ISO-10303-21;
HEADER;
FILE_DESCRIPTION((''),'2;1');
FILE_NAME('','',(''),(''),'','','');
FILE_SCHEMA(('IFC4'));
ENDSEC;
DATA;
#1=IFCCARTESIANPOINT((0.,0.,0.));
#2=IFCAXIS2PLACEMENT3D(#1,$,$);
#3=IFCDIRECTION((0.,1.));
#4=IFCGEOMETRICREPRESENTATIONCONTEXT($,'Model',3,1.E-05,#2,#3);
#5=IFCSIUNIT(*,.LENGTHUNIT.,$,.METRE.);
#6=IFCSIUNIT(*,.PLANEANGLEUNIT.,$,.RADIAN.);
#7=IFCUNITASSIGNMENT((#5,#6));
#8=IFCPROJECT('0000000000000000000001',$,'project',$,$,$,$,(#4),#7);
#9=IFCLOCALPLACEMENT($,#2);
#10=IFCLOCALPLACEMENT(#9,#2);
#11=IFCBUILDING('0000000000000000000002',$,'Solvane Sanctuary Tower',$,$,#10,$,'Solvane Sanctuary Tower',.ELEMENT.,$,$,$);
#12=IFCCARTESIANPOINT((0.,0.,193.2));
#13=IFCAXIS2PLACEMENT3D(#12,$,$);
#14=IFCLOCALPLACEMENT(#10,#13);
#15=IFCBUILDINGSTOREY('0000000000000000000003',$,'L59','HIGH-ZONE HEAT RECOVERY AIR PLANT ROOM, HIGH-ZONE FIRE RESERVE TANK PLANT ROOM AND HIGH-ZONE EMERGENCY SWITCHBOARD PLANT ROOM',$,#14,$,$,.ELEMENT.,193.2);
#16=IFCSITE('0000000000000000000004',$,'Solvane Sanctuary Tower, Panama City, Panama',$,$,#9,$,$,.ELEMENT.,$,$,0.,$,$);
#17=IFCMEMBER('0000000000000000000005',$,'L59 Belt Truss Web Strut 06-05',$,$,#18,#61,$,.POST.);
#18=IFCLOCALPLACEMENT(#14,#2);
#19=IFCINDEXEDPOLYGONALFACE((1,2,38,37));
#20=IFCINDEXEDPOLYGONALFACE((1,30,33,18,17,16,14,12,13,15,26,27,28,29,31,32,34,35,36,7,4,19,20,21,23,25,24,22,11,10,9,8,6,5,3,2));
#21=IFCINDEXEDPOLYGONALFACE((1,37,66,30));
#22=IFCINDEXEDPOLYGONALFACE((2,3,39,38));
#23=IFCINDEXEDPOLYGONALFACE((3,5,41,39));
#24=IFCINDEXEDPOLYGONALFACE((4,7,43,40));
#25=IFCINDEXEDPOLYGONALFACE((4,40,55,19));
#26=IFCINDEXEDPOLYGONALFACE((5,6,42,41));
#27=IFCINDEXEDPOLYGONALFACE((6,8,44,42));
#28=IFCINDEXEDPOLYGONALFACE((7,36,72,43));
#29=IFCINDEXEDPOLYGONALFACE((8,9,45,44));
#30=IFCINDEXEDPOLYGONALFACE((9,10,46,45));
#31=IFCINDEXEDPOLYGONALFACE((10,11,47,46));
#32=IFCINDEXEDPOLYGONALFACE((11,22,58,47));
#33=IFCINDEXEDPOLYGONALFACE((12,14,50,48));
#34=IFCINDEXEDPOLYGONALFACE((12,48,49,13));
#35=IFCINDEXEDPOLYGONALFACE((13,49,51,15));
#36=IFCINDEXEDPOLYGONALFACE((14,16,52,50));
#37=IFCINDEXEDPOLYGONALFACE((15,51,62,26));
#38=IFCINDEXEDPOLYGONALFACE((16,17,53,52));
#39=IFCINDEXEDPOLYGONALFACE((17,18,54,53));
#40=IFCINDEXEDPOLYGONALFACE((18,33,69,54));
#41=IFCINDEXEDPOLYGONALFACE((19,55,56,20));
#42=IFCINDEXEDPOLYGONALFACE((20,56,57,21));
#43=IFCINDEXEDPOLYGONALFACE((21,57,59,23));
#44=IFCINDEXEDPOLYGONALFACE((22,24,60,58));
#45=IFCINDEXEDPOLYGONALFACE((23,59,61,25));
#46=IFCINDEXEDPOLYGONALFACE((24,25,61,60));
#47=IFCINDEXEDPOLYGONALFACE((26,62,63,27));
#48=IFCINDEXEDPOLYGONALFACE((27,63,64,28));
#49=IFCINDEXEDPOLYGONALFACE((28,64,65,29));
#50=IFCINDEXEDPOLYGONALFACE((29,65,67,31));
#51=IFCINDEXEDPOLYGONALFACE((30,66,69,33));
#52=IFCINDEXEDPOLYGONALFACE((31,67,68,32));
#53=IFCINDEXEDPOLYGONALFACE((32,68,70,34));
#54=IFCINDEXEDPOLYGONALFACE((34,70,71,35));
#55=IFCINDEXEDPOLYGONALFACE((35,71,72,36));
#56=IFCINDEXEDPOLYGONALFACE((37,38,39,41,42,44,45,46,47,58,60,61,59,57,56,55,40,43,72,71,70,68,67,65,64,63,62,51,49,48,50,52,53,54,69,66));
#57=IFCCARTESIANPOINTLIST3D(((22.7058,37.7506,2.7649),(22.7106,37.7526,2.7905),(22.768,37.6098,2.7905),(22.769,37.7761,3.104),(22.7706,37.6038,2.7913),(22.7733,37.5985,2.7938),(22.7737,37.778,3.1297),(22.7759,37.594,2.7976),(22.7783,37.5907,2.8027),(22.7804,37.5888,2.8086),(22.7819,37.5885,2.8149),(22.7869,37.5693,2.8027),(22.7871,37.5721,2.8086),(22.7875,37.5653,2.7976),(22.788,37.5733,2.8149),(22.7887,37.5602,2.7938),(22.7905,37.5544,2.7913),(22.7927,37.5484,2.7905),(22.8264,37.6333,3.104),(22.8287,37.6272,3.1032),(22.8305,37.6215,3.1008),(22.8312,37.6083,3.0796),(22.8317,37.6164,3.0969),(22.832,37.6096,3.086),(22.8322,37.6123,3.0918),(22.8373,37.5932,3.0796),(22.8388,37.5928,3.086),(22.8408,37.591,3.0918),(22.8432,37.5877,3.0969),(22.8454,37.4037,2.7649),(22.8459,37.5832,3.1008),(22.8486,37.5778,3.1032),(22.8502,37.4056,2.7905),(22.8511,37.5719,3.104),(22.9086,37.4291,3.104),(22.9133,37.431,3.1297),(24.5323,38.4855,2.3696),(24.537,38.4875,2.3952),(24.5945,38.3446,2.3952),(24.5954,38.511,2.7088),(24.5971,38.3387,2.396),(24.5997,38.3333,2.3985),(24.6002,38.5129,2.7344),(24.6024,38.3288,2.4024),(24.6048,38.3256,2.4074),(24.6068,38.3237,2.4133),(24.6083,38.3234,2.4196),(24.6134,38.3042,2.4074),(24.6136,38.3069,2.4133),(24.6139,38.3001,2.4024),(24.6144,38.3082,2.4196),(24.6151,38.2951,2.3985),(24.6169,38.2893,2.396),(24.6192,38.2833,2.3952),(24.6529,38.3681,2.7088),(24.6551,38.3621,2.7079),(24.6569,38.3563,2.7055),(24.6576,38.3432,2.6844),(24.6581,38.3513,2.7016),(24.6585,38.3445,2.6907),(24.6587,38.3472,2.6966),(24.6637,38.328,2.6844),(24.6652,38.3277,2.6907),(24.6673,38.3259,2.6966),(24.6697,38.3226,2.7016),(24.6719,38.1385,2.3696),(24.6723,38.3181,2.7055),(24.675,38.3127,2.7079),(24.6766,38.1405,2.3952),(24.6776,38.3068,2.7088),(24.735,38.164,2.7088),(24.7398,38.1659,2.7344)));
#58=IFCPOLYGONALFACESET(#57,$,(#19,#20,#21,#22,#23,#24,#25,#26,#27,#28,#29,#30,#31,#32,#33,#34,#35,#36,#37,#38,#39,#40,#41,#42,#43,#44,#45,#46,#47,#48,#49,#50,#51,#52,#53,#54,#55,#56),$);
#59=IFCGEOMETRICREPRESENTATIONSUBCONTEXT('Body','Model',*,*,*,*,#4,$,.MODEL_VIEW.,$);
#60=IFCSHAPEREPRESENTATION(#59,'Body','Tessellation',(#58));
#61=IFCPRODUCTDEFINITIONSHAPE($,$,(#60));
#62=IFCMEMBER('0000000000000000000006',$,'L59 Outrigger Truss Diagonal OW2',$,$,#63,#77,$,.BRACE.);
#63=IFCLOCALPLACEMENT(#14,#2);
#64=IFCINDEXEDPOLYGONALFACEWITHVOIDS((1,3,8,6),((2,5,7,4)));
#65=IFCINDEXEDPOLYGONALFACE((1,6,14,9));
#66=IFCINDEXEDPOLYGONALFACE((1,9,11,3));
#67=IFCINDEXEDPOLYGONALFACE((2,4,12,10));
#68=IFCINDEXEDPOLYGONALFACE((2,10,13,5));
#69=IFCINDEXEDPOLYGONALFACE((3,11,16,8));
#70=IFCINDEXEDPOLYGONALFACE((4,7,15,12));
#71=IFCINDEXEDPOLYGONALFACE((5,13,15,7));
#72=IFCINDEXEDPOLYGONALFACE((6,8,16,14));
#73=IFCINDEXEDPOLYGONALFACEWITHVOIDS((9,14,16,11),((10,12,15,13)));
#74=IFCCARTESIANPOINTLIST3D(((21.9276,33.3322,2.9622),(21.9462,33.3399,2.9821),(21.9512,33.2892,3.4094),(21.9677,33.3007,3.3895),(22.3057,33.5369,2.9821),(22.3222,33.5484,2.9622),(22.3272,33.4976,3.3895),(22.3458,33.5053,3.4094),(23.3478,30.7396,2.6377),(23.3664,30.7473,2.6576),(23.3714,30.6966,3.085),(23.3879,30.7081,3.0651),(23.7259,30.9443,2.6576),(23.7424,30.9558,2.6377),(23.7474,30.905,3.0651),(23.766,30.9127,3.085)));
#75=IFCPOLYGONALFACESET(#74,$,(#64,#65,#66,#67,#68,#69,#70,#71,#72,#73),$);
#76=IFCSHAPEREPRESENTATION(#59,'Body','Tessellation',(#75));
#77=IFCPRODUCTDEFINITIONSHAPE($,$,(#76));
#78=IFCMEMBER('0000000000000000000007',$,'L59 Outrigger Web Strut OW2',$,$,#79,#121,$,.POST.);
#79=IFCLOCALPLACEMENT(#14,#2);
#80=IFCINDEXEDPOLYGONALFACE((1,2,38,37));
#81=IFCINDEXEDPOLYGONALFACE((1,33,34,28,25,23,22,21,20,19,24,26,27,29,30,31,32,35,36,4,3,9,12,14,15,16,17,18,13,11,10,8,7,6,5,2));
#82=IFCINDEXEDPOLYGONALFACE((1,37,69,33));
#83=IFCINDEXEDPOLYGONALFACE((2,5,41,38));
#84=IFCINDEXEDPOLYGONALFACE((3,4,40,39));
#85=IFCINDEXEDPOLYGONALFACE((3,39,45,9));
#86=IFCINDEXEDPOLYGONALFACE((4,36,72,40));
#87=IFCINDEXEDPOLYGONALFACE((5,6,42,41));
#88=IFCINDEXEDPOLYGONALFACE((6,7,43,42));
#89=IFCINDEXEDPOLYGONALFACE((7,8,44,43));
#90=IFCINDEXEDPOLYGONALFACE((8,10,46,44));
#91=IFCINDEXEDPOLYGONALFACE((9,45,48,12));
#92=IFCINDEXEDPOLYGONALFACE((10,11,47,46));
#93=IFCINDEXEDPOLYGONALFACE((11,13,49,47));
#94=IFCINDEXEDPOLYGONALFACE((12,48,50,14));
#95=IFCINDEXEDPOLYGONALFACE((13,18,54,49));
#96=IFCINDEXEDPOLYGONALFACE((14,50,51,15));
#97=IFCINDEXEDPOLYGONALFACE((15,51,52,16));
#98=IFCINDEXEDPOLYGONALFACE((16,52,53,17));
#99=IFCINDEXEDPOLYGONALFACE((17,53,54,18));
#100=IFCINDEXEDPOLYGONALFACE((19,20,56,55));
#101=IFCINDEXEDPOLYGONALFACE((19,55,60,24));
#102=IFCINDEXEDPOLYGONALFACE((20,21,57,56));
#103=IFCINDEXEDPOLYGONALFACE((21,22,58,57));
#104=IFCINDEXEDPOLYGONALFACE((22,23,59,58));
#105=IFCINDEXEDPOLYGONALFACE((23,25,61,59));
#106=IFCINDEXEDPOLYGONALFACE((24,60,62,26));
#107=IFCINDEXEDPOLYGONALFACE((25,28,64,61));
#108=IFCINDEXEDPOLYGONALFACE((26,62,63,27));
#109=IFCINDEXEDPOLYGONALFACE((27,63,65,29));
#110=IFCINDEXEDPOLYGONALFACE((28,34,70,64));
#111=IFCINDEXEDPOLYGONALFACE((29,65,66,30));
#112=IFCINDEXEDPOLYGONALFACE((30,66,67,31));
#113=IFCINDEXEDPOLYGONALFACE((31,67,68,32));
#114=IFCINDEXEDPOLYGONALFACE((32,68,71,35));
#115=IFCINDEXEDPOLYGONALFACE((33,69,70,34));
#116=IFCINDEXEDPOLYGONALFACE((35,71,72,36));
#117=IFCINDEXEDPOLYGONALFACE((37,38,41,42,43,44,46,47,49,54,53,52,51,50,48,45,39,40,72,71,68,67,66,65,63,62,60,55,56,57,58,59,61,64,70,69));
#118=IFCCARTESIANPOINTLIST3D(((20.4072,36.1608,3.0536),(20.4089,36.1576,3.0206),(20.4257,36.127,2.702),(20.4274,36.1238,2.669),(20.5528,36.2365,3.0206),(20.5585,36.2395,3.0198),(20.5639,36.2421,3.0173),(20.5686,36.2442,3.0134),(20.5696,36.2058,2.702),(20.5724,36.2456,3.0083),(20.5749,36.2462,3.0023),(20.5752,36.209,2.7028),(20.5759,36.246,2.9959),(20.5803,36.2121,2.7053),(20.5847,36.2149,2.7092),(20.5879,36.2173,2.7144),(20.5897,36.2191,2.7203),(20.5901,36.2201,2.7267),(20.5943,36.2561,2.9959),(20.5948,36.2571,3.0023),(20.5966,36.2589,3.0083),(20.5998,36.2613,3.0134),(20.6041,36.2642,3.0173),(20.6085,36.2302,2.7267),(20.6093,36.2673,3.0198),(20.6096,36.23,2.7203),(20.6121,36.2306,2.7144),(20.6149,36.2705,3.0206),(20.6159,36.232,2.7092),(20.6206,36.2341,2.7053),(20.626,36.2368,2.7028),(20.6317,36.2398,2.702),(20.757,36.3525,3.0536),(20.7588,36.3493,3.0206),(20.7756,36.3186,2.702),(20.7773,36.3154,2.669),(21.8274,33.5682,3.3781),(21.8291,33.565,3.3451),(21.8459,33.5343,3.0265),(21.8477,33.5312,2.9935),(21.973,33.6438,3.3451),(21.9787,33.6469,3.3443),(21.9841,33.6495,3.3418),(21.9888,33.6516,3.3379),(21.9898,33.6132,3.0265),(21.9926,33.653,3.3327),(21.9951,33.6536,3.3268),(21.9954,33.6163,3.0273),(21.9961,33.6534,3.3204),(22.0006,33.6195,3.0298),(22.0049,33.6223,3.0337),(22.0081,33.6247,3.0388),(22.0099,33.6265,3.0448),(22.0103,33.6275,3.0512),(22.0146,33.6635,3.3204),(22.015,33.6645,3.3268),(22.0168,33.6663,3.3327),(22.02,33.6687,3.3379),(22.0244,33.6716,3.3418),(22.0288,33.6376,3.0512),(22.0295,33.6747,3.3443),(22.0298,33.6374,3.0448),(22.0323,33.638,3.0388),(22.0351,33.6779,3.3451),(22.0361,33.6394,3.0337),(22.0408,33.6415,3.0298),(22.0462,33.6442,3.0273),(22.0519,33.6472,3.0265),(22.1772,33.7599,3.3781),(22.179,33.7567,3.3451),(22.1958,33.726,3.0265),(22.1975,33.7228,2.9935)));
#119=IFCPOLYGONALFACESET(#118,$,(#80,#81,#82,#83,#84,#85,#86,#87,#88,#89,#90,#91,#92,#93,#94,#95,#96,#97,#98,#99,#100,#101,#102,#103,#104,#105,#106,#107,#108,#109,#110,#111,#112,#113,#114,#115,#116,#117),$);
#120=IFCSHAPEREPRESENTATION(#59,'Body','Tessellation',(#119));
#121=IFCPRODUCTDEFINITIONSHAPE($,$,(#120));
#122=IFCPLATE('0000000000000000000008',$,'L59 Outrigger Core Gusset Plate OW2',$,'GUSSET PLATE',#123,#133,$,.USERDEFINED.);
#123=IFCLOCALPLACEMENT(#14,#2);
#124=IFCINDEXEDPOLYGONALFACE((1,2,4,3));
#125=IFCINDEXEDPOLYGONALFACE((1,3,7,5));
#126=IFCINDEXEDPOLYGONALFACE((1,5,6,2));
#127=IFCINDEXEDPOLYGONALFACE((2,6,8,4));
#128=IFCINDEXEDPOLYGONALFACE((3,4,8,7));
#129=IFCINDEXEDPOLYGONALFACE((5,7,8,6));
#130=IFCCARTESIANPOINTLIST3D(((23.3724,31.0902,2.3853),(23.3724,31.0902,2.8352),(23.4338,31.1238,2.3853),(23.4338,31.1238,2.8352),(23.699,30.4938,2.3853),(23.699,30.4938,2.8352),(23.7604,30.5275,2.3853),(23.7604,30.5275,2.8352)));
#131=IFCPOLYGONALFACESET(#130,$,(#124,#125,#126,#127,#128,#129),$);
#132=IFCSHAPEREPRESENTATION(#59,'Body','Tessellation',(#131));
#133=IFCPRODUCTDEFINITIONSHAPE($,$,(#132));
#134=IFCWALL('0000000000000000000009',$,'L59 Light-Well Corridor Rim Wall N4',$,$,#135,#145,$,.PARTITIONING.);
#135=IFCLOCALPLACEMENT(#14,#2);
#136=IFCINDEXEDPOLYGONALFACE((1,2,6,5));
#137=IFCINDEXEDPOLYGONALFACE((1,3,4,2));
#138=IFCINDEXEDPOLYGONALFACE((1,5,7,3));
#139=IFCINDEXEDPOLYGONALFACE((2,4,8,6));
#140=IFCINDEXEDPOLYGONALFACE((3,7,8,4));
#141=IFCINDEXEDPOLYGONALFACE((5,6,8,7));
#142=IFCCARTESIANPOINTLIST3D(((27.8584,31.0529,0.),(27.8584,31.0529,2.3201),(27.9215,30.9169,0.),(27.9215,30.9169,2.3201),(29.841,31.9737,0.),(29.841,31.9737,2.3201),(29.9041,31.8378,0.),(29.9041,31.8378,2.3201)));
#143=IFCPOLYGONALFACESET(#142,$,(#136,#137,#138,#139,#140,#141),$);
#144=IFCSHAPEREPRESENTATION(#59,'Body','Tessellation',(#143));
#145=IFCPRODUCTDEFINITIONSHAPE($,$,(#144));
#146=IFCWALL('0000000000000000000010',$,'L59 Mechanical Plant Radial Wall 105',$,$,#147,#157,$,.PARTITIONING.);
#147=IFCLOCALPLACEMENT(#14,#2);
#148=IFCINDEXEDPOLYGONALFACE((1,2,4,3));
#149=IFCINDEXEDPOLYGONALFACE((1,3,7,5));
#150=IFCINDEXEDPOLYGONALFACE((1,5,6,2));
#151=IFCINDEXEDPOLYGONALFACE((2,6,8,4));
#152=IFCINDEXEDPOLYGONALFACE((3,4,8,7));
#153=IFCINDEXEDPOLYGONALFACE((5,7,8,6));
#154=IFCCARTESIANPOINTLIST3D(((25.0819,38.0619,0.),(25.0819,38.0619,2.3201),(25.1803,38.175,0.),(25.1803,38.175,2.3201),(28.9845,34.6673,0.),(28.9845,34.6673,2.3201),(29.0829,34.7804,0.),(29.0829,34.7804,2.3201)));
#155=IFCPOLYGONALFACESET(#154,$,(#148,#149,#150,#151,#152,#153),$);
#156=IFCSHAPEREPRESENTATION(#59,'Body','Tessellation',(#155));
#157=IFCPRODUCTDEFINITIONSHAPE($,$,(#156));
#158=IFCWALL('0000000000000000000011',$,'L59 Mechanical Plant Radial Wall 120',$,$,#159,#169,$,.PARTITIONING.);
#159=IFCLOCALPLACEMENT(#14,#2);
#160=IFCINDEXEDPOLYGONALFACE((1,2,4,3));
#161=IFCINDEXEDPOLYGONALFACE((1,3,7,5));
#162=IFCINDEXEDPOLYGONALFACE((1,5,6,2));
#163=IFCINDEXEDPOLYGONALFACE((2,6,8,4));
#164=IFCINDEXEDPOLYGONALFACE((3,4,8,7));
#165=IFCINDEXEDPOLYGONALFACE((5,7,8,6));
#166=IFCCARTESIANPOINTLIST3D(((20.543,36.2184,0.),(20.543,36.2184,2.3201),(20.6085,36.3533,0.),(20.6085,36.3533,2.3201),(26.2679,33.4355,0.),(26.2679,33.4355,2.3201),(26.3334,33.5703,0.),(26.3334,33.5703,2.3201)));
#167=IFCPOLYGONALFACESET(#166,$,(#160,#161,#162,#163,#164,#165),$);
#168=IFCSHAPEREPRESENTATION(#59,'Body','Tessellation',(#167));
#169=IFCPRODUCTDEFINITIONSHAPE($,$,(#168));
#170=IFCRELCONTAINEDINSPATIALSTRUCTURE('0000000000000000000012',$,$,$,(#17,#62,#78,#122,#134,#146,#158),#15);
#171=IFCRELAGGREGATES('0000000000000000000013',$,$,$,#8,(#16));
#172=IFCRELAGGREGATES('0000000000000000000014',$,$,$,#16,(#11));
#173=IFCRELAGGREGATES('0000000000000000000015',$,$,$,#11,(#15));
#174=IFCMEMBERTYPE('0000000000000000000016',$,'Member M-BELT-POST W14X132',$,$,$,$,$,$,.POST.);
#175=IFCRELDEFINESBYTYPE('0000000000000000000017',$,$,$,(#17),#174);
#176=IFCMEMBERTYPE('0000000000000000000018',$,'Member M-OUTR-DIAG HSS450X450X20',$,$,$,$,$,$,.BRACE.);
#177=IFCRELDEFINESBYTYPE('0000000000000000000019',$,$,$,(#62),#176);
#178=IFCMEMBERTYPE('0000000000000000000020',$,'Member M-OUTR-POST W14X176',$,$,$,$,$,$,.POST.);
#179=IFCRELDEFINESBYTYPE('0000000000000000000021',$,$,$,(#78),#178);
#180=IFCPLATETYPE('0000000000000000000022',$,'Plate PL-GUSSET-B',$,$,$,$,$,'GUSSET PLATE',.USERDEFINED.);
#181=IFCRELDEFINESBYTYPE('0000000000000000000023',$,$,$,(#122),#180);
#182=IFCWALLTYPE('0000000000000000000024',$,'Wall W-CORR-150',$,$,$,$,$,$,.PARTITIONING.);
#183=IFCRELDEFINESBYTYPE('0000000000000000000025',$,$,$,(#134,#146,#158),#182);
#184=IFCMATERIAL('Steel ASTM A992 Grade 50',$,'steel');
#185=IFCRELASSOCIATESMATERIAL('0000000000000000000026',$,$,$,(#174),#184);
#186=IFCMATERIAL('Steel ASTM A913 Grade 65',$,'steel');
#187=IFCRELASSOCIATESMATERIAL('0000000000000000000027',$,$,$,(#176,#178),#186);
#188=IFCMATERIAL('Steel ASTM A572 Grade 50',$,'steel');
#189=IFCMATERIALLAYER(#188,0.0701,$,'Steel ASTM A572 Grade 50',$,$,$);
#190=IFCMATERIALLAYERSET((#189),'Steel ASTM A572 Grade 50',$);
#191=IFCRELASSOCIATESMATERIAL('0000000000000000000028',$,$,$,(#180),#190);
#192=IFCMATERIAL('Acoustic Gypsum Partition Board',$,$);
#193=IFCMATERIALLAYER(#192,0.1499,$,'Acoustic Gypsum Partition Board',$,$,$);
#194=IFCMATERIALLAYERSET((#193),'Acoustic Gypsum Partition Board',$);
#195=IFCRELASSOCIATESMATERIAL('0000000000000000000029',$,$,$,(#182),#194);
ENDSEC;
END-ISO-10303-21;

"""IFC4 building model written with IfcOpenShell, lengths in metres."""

from ifc_helpers import new_model, si_unit, direction, frame, frame_2d, origin, origin_2d, place, context, subcontext, project, spatial, rectangle, hollow_rectangle, i_section, extrude, material, layer, layer_set, material_profile, profile_set, type_object, element, save


model = new_model("IFC4")

# Units and contexts
model_context = context("Model", 3, precision=1e-05, world=origin(), true_north=direction((0.0, 1.0)))
body_context = subcontext(model_context, "Body", "Model", "MODEL_VIEW")
ifc_project = project(units=[si_unit("LENGTHUNIT", "METRE"), si_unit("PLANEANGLEUNIT", "RADIAN")], contexts=[model_context])

# Site, building, storey
site_placement = place(None, origin())
site = spatial("IfcSite", under=ifc_project, at=site_placement, Name="Solvane Sanctuary Tower, Panama City, Panama", CompositionType="ELEMENT", RefElevation=0.0)
building_placement = place(site_placement, origin())
building = spatial("IfcBuilding", under=site, at=building_placement, Name="Solvane Sanctuary Tower", LongName="Solvane Sanctuary Tower", CompositionType="ELEMENT")
storey_placement = place(building_placement, frame((0.0, 0.0, 193.2)))
storey = spatial("IfcBuildingStorey", under=building, at=storey_placement, Name="L59", Description="HIGH-ZONE HEAT RECOVERY AIR PLANT ROOM, HIGH-ZONE FIRE RESERVE TANK PLANT ROOM AND HIGH-ZONE EMERGENCY SWITCHBOARD PLANT ROOM", CompositionType="ELEMENT", Elevation=193.2)

# Shared definitions
ifc_material_1 = material(Name="Steel ASTM A992 Grade 50", Category="steel")

# Members
ifc_material_profile_1 = material_profile(ifc_material_1, i_section(OverallWidth=0.374, OverallDepth=0.3721, WebThickness=0.0164, FlangeThickness=0.0261, FilletRadius=0.0249, at=origin_2d()), Name="W14X132")
ifc_profile_set_1 = profile_set([ifc_material_profile_1], Name="Steel ASTM A992 Grade 50")
member_type_1 = type_object("IfcMemberType", Name="Member M-BELT-POST W14X132", PredefinedType="POST", material=ifc_profile_set_1)
member_1_placement = place(storey_placement, frame((22.8096, 37.5908, 2.9473), z_axis=(0.909571, 0.365968, -0.196845), x_axis=(-0.373271, 0.927722, 0.0)))
element("IfcMember", 1, at=member_1_placement, inside=storey, type_object=member_type_1, Name="L59 Belt Truss Web Strut 06-05", PredefinedType="POST", context=body_context, shape_type="SweptSolid", body=[
    extrude(i_section(OverallWidth=0.374, OverallDepth=0.3721, WebThickness=0.0164, FlangeThickness=0.0261, FilletRadius=0.0249, at=origin_2d()), origin(), (0.0, 0.0, 1.0), 2.0081),
])
ifc_material_2 = material(Name="Steel ASTM A913 Grade 65", Category="steel")
ifc_material_profile_2 = material_profile(ifc_material_2, hollow_rectangle(XDim=0.45, YDim=0.45, WallThickness=0.02, at=origin_2d()), Name="HSS450X450X20")
ifc_profile_set_2 = profile_set([ifc_material_profile_2], Name="Steel ASTM A913 Grade 65")
member_type_2 = type_object("IfcMemberType", Name="Member M-OUTR-DIAG HSS450X450X20", PredefinedType="BRACE", material=ifc_profile_set_2)
member_2_placement = place(storey_placement, frame((23.5569, 30.8262, 2.8613), z_axis=(-0.477563, 0.871797, 0.109108), x_axis=(-0.877032, -0.480431, 0.0)))
element("IfcMember", 2, at=member_2_placement, inside=storey, type_object=member_type_2, Name="L59 Outrigger Truss Diagonal OW2", PredefinedType="BRACE", context=body_context, shape_type="SweptSolid", body=[
    extrude(hollow_rectangle(XDim=0.45, YDim=0.45, WallThickness=0.02, at=origin_2d()), origin(), (0.0, 0.0, 1.0), 2.9739),
])
ifc_material_profile_3 = material_profile(ifc_material_2, i_section(OverallWidth=0.3989, OverallDepth=0.387, WebThickness=0.021, FlangeThickness=0.0332, FilletRadius=0.0249, at=origin_2d()), Name="W14X176")
ifc_profile_set_3 = profile_set([ifc_material_profile_3], Name="Steel ASTM A913 Grade 65")
member_type_3 = type_object("IfcMemberType", Name="Member M-OUTR-POST W14X176", PredefinedType="POST", material=ifc_profile_set_3)
member_3_placement = place(storey_placement, frame((22.0125, 33.6455, 3.1858), z_axis=(-0.477563, 0.871797, -0.109108), x_axis=(-0.877032, -0.480431, 0.0)))
element("IfcMember", 3, at=member_3_placement, inside=storey, type_object=member_type_3, Name="L59 Outrigger Web Strut OW2", PredefinedType="POST", context=body_context, shape_type="SweptSolid", body=[
    extrude(i_section(OverallWidth=0.3989, OverallDepth=0.387, WebThickness=0.021, FlangeThickness=0.0332, FilletRadius=0.0249, at=origin_2d()), origin(), (0.0, 0.0, 1.0), 2.9739),
])

# Plate
ifc_material_3 = material(Name="Steel ASTM A572 Grade 50", Category="steel")
ifc_layer_1 = layer(ifc_material_3, 0.0701, Name="Steel ASTM A572 Grade 50")
ifc_layer_set_1 = layer_set([ifc_layer_1], Name="Steel ASTM A572 Grade 50")
plate_type = type_object("IfcPlateType", Name="Plate PL-GUSSET-B", ElementType="GUSSET PLATE", PredefinedType="USERDEFINED", material=ifc_layer_set_1)
plate_placement = place(storey_placement, frame((23.5664, 30.8088, 2.3853), z_axis=(0.0, 0.0, 1.0), x_axis=(-0.480377, 0.877062, 0.0)))
element("IfcPlate", 4, at=plate_placement, inside=storey, type_object=plate_type, Name="L59 Outrigger Core Gusset Plate OW2", ObjectType="GUSSET PLATE", PredefinedType="USERDEFINED", context=body_context, shape_type="SweptSolid", body=[
    extrude(rectangle(XDim=0.6799, YDim=0.0701, at=origin_2d()), origin(), (0.0, 0.0, 1.0), 0.45),
])

# Walls
ifc_material_4 = material(Name="Acoustic Gypsum Partition Board")
ifc_layer_2 = layer(ifc_material_4, 0.1499, Name="Acoustic Gypsum Partition Board")
ifc_layer_set_2 = layer_set([ifc_layer_2], Name="Acoustic Gypsum Partition Board")
wall_type_1 = type_object("IfcWallType", Name="Wall W-CORR-150", PredefinedType="PARTITIONING", material=ifc_layer_set_2)
wall_1_placement = place(storey_placement, frame((29.8726, 31.9058, 0.0), z_axis=(0.0, 0.0, 1.0), x_axis=(-0.906943, -0.421252, 0.0)))
element("IfcWall", 5, at=wall_1_placement, inside=storey, type_object=wall_type_1, Name="L59 Light-Well Corridor Rim Wall N4", PredefinedType="PARTITIONING", context=body_context, shape_type="SweptSolid", body=[
    extrude(rectangle(XDim=2.186, YDim=0.1499, at=frame_2d((1.093, 0.0))), origin(), (0.0, 0.0, 1.0), 2.3201),
])
wall_2_placement = place(storey_placement, frame((29.0337, 34.7239, 0.0), z_axis=(0.0, 0.0, 1.0), x_axis=(-0.754512, 0.656286, 0.0)))
element("IfcWall", 6, at=wall_2_placement, inside=storey, type_object=wall_type_1, Name="L59 Mechanical Plant Radial Wall 105", PredefinedType="PARTITIONING", context=body_context, shape_type="SweptSolid", body=[
    extrude(rectangle(XDim=5.1724, YDim=0.1499, at=frame_2d((2.5862, 0.0))), origin(), (0.0, 0.0, 1.0), 2.3201),
])
wall_3_placement = place(storey_placement, frame((26.3005, 33.5029, 0.0), z_axis=(0.0, 0.0, 1.0), x_axis=(-0.899365, 0.437198, 0.0)))
element("IfcWall", 7, at=wall_3_placement, inside=storey, type_object=wall_type_1, Name="L59 Mechanical Plant Radial Wall 120", PredefinedType="PARTITIONING", context=body_context, shape_type="SweptSolid", body=[
    extrude(rectangle(XDim=6.3655, YDim=0.1499, at=frame_2d((3.1826, 0.0))), origin(), (0.0, 0.0, 1.0), 2.3201),
])

save(model, "model.ifc")
